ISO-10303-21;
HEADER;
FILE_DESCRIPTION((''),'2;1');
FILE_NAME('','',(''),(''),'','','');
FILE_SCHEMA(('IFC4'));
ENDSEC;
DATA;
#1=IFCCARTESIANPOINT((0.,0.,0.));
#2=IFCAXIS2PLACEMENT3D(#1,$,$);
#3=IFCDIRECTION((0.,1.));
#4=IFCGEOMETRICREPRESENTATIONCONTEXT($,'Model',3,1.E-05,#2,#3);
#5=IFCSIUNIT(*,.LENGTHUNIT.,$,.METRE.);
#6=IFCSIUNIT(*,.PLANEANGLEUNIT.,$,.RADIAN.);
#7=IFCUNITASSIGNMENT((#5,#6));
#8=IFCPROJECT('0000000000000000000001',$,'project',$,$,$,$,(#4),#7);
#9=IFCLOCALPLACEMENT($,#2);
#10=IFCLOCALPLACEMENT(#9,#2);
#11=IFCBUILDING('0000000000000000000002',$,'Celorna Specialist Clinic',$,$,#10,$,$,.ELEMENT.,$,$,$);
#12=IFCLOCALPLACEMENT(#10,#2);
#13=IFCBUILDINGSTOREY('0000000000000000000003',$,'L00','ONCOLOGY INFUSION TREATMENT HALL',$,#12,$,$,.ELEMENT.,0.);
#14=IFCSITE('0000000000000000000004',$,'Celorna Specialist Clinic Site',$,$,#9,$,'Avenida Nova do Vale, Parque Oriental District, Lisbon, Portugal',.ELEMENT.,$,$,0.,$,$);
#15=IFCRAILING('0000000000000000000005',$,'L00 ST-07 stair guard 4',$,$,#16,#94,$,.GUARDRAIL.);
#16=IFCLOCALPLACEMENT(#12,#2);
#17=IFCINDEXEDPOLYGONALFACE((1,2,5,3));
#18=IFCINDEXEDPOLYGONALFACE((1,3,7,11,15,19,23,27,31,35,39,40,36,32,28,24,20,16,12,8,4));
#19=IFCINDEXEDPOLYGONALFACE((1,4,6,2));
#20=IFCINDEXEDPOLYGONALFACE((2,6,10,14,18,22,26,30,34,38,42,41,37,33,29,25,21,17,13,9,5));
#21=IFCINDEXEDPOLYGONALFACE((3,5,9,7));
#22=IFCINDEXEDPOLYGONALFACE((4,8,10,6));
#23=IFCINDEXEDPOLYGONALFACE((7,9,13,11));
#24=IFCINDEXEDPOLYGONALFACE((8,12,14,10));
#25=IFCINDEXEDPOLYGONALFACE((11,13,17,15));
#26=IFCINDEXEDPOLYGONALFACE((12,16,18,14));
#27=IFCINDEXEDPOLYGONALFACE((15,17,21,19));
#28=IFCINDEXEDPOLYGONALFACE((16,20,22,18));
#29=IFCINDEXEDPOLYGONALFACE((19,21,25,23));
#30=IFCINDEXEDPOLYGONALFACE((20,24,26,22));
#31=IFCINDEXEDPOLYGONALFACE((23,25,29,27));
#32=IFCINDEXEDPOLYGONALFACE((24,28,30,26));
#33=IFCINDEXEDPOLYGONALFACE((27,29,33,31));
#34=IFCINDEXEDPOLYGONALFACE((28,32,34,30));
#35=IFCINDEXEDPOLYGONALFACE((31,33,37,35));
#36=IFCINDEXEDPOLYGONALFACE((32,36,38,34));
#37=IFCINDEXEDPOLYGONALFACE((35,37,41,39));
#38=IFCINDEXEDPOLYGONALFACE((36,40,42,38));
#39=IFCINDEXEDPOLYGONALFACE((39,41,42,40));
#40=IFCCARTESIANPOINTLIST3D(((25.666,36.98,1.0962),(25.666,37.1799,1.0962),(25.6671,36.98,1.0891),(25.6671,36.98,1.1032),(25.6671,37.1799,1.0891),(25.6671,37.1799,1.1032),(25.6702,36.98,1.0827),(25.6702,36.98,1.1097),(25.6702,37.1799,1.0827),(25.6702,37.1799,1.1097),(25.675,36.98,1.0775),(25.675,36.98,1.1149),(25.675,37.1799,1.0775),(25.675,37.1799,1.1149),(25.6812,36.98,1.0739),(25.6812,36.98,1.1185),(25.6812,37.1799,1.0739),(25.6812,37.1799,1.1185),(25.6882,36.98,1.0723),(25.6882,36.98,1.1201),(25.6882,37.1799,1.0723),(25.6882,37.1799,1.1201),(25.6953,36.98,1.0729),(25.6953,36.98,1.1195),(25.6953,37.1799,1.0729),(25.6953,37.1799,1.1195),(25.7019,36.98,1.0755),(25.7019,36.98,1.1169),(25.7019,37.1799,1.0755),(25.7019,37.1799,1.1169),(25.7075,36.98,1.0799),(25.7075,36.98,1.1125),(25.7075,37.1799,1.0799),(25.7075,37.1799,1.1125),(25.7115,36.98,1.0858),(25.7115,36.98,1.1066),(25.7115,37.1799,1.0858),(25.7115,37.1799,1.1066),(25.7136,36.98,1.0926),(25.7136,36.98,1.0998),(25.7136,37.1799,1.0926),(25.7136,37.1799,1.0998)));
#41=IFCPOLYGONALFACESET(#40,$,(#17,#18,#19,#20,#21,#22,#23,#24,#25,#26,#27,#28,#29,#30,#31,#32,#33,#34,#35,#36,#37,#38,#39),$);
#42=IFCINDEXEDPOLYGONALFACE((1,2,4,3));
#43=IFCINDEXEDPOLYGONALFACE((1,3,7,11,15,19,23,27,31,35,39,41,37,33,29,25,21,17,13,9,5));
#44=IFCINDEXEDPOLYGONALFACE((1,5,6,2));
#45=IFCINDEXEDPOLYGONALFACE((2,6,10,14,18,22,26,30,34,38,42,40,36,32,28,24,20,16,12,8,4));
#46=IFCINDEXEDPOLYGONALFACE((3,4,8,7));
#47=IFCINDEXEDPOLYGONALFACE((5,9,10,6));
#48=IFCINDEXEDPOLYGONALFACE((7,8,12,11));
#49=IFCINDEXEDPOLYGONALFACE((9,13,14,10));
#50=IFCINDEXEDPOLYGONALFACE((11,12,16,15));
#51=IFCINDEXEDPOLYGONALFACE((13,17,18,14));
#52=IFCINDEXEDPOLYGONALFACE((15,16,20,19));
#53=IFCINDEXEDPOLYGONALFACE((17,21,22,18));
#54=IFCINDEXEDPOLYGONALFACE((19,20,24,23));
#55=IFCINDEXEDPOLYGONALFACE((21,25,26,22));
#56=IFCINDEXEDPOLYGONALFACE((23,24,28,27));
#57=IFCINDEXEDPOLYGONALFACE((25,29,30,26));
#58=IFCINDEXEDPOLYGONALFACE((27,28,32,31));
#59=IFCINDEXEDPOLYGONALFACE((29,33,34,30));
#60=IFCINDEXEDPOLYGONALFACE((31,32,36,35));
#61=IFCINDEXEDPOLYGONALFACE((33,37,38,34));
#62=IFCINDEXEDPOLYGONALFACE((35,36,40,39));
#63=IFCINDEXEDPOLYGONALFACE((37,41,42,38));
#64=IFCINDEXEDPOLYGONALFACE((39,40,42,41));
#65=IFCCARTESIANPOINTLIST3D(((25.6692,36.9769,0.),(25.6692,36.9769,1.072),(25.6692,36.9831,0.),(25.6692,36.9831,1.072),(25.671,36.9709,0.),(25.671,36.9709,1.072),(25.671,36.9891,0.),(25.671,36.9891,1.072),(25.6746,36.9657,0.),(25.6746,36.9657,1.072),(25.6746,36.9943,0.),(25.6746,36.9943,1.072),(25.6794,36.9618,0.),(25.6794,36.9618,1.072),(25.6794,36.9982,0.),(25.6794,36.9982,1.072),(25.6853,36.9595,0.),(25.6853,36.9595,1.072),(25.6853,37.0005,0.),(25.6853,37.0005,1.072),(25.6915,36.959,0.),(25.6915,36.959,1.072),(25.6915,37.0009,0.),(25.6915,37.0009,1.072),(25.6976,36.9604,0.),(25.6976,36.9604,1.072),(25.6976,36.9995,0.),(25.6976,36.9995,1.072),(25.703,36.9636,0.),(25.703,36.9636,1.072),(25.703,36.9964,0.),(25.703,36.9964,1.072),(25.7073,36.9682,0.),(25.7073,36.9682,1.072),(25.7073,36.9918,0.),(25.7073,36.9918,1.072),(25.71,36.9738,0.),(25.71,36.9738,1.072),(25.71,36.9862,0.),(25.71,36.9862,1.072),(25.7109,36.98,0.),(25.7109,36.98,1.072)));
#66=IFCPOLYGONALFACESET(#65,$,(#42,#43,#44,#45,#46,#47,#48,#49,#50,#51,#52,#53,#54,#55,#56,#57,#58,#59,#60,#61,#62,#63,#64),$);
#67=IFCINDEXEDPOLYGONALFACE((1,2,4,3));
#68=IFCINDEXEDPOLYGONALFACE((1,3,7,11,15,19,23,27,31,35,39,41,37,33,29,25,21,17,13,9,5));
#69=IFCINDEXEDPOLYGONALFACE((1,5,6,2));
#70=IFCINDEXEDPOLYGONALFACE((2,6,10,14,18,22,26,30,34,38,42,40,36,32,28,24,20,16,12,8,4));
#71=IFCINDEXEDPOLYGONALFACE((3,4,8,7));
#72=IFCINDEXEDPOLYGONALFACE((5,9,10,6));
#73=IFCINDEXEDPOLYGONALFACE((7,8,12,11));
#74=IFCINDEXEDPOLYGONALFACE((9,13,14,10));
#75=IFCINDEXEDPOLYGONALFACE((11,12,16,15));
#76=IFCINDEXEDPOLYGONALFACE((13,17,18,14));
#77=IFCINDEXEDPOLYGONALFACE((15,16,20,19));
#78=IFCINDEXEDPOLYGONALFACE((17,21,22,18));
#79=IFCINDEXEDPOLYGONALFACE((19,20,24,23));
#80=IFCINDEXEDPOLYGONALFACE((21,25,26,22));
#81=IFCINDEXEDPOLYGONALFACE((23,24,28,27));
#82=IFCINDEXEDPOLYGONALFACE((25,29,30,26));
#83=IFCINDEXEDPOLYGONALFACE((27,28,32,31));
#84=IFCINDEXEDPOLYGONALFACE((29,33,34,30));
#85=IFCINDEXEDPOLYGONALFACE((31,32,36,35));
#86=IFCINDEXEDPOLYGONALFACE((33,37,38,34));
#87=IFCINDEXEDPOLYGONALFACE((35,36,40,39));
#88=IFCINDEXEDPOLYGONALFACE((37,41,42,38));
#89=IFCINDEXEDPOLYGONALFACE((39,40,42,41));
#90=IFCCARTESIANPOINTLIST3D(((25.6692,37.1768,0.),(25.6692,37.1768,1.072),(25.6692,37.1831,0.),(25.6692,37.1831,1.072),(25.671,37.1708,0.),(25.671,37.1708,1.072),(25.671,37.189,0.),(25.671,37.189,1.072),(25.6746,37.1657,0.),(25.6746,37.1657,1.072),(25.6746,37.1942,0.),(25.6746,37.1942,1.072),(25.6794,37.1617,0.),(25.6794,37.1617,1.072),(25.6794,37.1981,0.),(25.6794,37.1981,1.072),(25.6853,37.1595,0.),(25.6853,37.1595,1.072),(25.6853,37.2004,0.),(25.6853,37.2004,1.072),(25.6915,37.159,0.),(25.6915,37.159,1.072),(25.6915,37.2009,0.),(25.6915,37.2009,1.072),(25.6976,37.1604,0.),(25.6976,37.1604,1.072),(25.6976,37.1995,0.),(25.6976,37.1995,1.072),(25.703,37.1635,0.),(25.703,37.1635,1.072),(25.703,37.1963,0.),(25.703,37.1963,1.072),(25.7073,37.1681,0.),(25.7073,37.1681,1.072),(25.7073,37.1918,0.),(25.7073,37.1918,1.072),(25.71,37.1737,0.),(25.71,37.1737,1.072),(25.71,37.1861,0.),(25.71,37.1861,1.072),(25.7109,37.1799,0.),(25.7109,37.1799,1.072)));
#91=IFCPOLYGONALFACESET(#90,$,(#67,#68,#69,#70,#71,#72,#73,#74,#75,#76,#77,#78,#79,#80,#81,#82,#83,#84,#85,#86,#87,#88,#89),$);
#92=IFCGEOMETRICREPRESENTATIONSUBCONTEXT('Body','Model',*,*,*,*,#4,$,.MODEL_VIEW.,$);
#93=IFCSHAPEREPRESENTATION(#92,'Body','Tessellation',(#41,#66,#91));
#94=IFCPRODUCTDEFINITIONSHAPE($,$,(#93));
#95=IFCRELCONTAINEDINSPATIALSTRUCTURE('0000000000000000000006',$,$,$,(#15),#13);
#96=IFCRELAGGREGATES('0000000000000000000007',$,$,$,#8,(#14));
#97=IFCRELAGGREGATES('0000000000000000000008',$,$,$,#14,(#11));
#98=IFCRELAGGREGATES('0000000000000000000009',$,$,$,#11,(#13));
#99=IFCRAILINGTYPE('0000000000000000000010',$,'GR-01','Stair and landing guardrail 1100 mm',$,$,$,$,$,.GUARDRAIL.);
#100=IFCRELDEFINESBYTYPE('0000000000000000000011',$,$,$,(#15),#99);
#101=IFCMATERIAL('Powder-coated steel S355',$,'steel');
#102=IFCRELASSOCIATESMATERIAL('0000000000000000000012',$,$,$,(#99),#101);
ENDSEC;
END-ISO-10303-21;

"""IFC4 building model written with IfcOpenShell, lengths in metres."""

from ifc_helpers import new_model, si_unit, direction, frame, origin, origin_2d, place, context, subcontext, project, spatial, circle, extrude, material, type_object, element, save


model = new_model("IFC4")

# Units and contexts
model_context = context("Model", 3, precision=1e-05, world=origin(), true_north=direction((0.0, 1.0)))
body_context = subcontext(model_context, "Body", "Model", "MODEL_VIEW")
ifc_project = project(units=[si_unit("LENGTHUNIT", "METRE"), si_unit("PLANEANGLEUNIT", "RADIAN")], contexts=[model_context])

# Site, building, storey
site_placement = place(None, origin())
site = spatial("IfcSite", under=ifc_project, at=site_placement, Name="Celorna Specialist Clinic Site", LongName="Avenida Nova do Vale, Parque Oriental District, Lisbon, Portugal", CompositionType="ELEMENT", RefElevation=0.0)
building_placement = place(site_placement, origin())
building = spatial("IfcBuilding", under=site, at=building_placement, Name="Celorna Specialist Clinic", CompositionType="ELEMENT")
storey_placement = place(building_placement, origin())
storey = spatial("IfcBuildingStorey", under=building, at=storey_placement, Name="L00", Description="ONCOLOGY INFUSION TREATMENT HALL", CompositionType="ELEMENT", Elevation=0.0)

# Railing
ifc_material_1 = material(Name="Powder-coated steel S355", Category="steel")
railing_type_1 = type_object("IfcRailingType", Name="GR-01", Description="Stair and landing guardrail 1100 mm", PredefinedType="GUARDRAIL", material=ifc_material_1)
railing_1_placement = place(storey_placement, frame((25.6899, 36.98, 0.0)))
element("IfcRailing", 1, at=railing_1_placement, inside=storey, type_object=railing_type_1, Name="L00 ST-07 stair guard 4", PredefinedType="GUARDRAIL", context=body_context, shape_type="SweptSolid", body=[
    extrude(circle(Radius=0.0239, at=origin_2d()), frame((0.0, 0.0, 1.0962), z_axis=(0.0, 1.0, 0.0), x_axis=(-1.0, 0.0, 0.0)), (0.0, 0.0, 1.0), 0.2),
    extrude(circle(Radius=0.021, at=origin_2d()), origin(), (0.0, 0.0, 1.0), 1.072),
    extrude(circle(Radius=0.021, at=origin_2d()), frame((0.0, 0.2, 0.0)), (0.0, 0.0, 1.0), 1.072),
])

save(model, "model.ifc")
